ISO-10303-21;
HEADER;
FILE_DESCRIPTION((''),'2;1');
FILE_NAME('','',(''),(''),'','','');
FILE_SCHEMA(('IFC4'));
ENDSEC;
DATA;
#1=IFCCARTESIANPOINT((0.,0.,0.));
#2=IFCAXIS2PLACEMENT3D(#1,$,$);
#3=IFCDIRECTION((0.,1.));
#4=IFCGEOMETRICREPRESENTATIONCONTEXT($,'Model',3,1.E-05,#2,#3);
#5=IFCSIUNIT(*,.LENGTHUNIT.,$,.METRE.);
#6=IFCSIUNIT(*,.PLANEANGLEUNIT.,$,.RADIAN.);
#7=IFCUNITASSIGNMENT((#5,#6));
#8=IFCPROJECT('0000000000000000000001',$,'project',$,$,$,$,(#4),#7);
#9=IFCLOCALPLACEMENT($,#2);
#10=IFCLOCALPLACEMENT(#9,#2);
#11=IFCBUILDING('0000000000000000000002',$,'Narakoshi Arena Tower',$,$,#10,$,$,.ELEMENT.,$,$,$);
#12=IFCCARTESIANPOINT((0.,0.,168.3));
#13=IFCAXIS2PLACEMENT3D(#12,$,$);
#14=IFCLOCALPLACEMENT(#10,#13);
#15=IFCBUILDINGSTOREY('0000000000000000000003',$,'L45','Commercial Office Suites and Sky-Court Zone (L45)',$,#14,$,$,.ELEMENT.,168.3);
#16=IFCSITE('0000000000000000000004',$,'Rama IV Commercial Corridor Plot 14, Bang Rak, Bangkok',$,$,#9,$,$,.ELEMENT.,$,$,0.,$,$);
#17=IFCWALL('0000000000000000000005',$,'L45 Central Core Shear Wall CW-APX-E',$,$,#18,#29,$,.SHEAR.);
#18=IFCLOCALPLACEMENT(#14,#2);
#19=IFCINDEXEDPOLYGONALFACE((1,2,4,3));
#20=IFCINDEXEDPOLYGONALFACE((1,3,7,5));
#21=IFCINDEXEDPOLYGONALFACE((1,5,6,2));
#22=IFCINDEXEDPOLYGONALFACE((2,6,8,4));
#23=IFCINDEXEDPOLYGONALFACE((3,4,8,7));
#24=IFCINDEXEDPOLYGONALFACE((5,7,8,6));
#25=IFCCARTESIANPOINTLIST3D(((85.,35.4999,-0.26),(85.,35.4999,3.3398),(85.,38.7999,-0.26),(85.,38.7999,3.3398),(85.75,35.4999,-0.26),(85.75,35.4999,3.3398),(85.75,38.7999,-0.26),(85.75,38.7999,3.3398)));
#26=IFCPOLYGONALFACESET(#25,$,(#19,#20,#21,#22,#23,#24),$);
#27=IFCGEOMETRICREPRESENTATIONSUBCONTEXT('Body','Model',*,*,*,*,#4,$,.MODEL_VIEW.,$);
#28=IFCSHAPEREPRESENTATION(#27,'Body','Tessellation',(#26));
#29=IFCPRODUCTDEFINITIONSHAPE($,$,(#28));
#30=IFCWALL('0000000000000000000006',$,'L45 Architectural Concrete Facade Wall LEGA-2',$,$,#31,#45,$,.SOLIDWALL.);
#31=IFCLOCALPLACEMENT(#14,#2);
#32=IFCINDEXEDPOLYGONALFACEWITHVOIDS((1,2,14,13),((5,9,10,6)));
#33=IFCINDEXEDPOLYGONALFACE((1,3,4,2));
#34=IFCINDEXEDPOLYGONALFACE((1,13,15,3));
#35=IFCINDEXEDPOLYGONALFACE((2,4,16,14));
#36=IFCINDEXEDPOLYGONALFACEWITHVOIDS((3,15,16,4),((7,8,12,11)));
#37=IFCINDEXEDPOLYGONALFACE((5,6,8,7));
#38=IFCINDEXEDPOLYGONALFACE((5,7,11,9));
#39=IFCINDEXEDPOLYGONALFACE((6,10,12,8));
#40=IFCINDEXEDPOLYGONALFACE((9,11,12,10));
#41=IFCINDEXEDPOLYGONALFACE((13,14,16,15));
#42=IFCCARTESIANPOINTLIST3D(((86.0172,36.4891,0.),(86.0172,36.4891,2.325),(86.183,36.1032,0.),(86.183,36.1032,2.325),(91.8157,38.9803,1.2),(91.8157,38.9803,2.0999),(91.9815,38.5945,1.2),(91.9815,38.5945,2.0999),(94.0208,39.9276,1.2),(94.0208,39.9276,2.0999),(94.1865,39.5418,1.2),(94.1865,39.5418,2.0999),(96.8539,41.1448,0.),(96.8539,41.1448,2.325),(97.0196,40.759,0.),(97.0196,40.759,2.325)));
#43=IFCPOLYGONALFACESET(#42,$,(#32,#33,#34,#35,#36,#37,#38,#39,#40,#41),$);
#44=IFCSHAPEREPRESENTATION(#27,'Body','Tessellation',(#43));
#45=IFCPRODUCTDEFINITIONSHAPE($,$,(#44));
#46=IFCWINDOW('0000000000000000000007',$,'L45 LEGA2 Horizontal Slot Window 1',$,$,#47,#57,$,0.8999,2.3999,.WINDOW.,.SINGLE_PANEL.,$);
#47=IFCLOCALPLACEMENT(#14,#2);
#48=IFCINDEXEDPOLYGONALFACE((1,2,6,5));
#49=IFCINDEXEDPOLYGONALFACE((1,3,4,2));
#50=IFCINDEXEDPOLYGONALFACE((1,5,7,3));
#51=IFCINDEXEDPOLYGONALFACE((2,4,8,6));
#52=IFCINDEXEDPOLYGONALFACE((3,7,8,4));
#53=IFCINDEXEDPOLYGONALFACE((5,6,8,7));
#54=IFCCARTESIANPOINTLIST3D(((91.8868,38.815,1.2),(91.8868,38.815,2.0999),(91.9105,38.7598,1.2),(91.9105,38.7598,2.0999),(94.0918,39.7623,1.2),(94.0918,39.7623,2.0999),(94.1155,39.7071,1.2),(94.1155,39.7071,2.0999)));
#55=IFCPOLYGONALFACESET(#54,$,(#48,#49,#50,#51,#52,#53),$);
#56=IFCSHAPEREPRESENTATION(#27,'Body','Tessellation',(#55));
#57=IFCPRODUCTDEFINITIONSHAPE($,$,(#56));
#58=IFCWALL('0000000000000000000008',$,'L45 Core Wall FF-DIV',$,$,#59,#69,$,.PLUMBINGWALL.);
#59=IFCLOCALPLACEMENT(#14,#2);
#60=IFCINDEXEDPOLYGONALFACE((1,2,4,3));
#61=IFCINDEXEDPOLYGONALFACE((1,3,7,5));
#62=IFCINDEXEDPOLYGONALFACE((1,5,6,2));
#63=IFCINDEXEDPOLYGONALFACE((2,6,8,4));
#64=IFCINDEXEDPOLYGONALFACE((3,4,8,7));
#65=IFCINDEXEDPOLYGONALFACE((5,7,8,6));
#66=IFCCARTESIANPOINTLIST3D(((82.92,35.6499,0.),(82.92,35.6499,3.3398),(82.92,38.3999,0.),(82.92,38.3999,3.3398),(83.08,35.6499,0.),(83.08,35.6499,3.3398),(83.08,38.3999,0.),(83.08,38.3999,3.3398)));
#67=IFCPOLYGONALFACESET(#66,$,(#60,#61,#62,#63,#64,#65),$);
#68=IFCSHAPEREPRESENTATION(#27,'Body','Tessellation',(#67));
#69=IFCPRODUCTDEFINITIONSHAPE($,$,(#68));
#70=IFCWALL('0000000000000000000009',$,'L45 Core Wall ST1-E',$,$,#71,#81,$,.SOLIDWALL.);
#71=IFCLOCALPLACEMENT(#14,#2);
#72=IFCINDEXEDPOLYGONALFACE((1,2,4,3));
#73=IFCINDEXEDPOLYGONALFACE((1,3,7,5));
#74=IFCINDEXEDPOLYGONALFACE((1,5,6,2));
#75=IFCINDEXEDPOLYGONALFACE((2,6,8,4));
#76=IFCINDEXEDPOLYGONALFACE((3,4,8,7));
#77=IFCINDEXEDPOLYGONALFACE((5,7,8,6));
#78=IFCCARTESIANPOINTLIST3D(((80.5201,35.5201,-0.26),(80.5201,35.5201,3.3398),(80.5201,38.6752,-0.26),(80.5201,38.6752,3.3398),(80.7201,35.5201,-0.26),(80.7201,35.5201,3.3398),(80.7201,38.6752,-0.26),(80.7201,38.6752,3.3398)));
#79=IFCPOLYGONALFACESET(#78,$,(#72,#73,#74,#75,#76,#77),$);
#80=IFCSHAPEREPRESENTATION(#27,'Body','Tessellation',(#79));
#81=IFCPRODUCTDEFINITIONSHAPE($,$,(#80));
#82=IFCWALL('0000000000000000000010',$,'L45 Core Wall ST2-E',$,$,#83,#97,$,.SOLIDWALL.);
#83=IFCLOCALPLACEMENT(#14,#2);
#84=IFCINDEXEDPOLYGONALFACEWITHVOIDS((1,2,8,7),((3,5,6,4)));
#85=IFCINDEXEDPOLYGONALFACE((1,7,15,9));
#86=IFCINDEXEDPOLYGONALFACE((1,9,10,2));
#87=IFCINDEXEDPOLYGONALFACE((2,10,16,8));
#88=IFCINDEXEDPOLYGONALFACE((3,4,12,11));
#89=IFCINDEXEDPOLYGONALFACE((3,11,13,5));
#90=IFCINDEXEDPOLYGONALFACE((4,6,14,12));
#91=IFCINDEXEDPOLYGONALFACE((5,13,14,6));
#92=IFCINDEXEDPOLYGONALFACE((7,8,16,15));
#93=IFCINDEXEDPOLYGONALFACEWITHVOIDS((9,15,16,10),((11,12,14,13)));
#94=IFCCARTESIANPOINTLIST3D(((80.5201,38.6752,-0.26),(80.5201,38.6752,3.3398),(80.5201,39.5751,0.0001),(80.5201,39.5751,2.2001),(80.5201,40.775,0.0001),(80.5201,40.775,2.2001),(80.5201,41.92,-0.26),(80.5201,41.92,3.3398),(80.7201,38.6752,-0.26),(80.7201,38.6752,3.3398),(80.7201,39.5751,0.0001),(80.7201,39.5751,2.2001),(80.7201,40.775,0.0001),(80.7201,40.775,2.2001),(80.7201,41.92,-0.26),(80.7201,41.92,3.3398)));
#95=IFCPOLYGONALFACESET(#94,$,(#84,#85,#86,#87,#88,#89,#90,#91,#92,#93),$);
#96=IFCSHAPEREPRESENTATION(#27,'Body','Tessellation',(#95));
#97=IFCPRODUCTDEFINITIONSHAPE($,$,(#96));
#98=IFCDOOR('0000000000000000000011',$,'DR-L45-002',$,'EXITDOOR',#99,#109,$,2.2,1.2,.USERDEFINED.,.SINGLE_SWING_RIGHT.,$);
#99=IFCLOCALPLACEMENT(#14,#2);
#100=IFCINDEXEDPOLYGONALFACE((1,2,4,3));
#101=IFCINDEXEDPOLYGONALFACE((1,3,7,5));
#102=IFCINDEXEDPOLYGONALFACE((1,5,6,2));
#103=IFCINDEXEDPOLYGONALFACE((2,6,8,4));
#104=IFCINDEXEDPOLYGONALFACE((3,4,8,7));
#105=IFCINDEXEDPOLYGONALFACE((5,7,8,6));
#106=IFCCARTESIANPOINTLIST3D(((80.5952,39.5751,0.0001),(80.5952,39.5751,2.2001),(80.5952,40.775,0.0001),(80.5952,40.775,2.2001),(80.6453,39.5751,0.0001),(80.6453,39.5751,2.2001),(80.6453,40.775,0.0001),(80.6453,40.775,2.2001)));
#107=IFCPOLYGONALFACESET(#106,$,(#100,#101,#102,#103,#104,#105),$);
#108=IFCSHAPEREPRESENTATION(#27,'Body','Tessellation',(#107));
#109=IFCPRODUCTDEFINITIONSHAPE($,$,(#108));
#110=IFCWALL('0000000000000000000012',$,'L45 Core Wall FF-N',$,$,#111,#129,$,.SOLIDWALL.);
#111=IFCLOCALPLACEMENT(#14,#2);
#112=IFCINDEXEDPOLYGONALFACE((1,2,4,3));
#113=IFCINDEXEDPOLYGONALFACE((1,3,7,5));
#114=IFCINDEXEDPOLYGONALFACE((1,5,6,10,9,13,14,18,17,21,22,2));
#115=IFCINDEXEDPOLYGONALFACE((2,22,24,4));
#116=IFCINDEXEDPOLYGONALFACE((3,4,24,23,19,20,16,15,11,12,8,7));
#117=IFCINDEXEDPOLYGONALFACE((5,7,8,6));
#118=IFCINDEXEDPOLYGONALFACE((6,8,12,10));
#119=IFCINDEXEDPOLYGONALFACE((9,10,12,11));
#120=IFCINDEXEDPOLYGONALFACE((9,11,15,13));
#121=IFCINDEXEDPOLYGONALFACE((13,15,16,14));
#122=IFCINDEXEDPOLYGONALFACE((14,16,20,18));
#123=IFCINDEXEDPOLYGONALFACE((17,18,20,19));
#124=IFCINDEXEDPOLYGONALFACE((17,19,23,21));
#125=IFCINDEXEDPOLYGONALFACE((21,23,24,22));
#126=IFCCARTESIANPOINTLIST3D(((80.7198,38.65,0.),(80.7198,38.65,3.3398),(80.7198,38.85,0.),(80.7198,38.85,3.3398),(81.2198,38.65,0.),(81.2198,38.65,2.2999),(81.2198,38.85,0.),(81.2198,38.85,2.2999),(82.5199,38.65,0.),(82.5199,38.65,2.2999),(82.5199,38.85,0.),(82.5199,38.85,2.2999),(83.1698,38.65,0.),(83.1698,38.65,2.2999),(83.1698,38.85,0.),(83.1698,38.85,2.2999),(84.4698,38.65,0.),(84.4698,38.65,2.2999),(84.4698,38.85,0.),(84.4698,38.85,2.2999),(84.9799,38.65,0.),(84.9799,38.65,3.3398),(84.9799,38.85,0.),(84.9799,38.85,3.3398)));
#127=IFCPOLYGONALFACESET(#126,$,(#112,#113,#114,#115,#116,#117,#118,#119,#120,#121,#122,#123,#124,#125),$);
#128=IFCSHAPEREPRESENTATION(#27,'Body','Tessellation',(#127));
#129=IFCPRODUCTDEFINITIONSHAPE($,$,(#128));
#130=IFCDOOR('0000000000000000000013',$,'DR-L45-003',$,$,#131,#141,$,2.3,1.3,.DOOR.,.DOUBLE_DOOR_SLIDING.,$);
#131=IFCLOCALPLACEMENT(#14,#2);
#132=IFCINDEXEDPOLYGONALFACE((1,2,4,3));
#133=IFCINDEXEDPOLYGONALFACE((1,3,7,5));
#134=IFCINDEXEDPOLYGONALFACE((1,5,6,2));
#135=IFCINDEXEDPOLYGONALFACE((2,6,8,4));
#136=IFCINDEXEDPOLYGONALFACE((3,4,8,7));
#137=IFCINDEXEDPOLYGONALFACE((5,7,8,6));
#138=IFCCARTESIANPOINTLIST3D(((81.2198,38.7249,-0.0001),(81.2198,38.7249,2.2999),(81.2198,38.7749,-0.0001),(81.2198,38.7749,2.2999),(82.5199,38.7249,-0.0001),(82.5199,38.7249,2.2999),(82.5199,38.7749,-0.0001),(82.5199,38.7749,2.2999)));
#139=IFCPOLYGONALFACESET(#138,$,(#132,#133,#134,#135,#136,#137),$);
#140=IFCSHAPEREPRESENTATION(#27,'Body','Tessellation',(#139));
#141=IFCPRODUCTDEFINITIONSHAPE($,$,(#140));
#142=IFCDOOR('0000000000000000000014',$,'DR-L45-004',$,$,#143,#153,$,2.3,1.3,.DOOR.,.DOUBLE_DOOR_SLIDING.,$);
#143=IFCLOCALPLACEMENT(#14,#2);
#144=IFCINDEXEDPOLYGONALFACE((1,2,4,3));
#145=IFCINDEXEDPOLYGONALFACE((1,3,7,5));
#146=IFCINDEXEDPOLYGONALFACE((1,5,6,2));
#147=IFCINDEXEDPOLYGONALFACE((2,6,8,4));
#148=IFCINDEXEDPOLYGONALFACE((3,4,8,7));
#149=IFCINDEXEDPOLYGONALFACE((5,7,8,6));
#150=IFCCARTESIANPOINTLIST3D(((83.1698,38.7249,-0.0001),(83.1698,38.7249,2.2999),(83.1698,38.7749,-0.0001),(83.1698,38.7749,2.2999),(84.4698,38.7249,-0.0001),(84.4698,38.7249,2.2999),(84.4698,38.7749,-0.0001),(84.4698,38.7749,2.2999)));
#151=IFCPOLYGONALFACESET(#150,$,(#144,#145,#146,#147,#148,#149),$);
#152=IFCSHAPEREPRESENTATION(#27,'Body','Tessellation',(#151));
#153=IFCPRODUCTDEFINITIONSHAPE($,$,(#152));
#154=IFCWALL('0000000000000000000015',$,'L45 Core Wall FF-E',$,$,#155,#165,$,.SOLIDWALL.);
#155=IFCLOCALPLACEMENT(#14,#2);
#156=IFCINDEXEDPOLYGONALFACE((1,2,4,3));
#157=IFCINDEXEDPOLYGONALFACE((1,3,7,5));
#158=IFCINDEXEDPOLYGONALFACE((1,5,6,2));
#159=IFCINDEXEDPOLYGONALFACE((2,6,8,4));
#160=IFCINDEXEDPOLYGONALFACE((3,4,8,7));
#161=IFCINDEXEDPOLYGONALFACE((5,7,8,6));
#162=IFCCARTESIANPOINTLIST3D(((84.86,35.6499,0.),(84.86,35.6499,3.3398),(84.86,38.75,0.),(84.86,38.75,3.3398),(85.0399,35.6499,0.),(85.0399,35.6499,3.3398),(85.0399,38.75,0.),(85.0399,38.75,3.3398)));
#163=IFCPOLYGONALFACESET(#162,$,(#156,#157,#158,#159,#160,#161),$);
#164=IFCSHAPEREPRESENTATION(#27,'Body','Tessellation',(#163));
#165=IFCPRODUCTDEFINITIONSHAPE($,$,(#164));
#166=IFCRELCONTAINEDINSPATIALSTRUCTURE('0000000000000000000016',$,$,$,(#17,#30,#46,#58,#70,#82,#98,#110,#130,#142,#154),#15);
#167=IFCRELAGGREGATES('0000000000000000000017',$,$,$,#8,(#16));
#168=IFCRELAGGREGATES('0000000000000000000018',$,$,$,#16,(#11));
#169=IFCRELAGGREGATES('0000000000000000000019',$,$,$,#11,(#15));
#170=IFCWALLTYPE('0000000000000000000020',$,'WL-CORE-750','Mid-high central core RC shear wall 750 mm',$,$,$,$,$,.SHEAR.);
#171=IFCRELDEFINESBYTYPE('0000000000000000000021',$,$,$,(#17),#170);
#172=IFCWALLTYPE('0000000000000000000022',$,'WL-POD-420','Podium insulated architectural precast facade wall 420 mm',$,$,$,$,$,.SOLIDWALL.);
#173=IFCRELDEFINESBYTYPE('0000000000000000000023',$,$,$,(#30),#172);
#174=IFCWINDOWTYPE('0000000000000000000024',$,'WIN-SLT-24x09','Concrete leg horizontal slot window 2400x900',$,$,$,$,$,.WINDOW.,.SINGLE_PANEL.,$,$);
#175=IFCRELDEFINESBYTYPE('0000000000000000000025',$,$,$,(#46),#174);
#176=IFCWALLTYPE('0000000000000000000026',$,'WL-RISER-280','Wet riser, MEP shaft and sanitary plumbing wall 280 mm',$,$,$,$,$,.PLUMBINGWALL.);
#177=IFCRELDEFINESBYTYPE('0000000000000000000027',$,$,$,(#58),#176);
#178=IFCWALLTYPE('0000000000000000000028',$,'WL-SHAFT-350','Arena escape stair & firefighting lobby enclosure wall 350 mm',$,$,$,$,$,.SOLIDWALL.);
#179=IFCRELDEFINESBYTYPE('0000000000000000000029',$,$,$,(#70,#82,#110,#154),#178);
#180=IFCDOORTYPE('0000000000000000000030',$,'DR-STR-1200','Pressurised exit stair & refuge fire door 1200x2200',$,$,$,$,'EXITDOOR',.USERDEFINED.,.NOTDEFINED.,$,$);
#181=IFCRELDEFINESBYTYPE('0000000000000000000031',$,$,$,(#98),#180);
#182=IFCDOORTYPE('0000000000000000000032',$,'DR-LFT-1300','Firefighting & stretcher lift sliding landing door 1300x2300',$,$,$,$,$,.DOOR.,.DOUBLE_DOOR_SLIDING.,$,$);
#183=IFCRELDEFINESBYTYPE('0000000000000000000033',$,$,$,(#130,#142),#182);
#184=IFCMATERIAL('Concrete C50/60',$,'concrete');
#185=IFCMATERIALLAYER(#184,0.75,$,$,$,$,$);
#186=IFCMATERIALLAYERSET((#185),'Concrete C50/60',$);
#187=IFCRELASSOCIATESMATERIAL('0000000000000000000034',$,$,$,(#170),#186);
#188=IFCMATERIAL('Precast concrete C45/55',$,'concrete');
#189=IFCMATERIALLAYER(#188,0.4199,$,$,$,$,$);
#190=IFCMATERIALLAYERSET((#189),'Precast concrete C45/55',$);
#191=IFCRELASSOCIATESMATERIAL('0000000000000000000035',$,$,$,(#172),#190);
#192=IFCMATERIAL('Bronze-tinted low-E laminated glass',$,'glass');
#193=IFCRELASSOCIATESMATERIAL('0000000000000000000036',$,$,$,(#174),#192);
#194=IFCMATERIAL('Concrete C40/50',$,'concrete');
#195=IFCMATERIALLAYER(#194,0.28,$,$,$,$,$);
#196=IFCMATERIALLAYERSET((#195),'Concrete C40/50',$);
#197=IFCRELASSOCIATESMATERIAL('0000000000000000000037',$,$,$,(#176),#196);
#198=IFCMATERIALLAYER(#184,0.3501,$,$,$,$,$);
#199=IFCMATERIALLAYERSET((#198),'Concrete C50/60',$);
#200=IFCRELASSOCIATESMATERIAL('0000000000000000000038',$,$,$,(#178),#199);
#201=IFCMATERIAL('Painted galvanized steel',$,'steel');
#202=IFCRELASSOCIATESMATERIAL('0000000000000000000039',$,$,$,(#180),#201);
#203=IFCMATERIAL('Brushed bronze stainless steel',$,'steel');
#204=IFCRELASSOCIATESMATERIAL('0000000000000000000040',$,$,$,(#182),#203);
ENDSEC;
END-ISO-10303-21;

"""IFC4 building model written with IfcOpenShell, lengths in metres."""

from ifc_helpers import new_model, si_unit, direction, frame, frame_2d, origin, place, context, subcontext, project, spatial, rectangle, extrude, material, layer, layer_set, type_object, element, fill, save


model = new_model("IFC4")

# Units and contexts
model_context = context("Model", 3, precision=1e-05, world=origin(), true_north=direction((0.0, 1.0)))
body_context = subcontext(model_context, "Body", "Model", "MODEL_VIEW")
ifc_project = project(units=[si_unit("LENGTHUNIT", "METRE"), si_unit("PLANEANGLEUNIT", "RADIAN")], contexts=[model_context])

# Site, building, storey
site_placement = place(None, origin())
site = spatial("IfcSite", under=ifc_project, at=site_placement, Name="Rama IV Commercial Corridor Plot 14, Bang Rak, Bangkok", CompositionType="ELEMENT", RefElevation=0.0)
building_placement = place(site_placement, origin())
building = spatial("IfcBuilding", under=site, at=building_placement, Name="Narakoshi Arena Tower", CompositionType="ELEMENT")
storey_placement = place(building_placement, frame((0.0, 0.0, 168.3)))
storey = spatial("IfcBuildingStorey", under=building, at=storey_placement, Name="L45", Description="Commercial Office Suites and Sky-Court Zone (L45)", CompositionType="ELEMENT", Elevation=168.3)

# Wall
ifc_material_1 = material(Name="Concrete C50/60", Category="concrete")
ifc_layer_1 = layer(ifc_material_1, 0.75)
ifc_layer_set_1 = layer_set([ifc_layer_1], Name="Concrete C50/60")
wall_type_1 = type_object("IfcWallType", Name="WL-CORE-750", Description="Mid-high central core RC shear wall 750 mm", PredefinedType="SHEAR", material=ifc_layer_set_1)
wall_1_placement = place(storey_placement, frame((85.375, 35.5, -0.26), z_axis=(0.0, 0.0, 1.0), x_axis=(0.0, 1.0, 0.0)))
element("IfcWall", 1, at=wall_1_placement, inside=storey, type_object=wall_type_1, Name="L45 Central Core Shear Wall CW-APX-E", PredefinedType="SHEAR", context=body_context, shape_type="SweptSolid", body=[
    extrude(rectangle(XDim=3.3, YDim=0.75, at=frame_2d((1.6499, 0.0))), origin(), (0.0, 0.0, 1.0), 3.5999),
])

# Wall, opening, window
ifc_material_2 = material(Name="Precast concrete C45/55", Category="concrete")
ifc_layer_2 = layer(ifc_material_2, 0.4199)
ifc_layer_set_2 = layer_set([ifc_layer_2], Name="Precast concrete C45/55")
wall_type_2 = type_object("IfcWallType", Name="WL-POD-420", Description="Podium insulated architectural precast facade wall 420 mm", PredefinedType="SOLIDWALL", material=ifc_layer_set_2)
wall_2_placement = place(storey_placement, frame((86.1001, 36.2961, 0.0), z_axis=(0.0, 0.0, 1.0), x_axis=(0.918792, 0.394741, 0.0)))
wall_2 = element("IfcWall", 2, at=wall_2_placement, inside=storey, type_object=wall_type_2, Name="L45 Architectural Concrete Facade Wall LEGA-2", PredefinedType="SOLIDWALL", context=body_context, shape_type="SweptSolid", body=[
    extrude(rectangle(XDim=11.7944, YDim=0.4199, at=frame_2d((5.8972, 0.0))), origin(), (0.0, 0.0, 1.0), 2.325),
])
opening_1_placement = place(wall_2_placement, frame((6.311, 0.0, 1.2)))
opening_1 = element("IfcOpeningElement", 3, at=opening_1_placement, cuts=wall_2, PredefinedType="OPENING", context=body_context, shape_type="SweptSolid", body=[
    extrude(rectangle(XDim=2.3999, YDim=0.8999, at=frame_2d((1.2, 0.45))), frame((0.0, 0.22, 0.0), z_axis=(0.0, -1.0, 0.0), x_axis=(1.0, 0.0, 0.0)), (0.0, 0.0, 1.0), 0.4399),
])
ifc_material_3 = material(Name="Bronze-tinted low-E laminated glass", Category="glass")
window_type = type_object("IfcWindowType", Name="WIN-SLT-24x09", Description="Concrete leg horizontal slot window 2400x900", PartitioningType="SINGLE_PANEL", PredefinedType="WINDOW", material=ifc_material_3)
window_placement = place(opening_1_placement, origin())
window = element("IfcWindow", 4, at=window_placement, inside=storey, type_object=window_type, Name="L45 LEGA2 Horizontal Slot Window 1", OverallHeight=0.8999, OverallWidth=2.3999, PartitioningType="SINGLE_PANEL", PredefinedType="WINDOW", context=body_context, shape_type="SweptSolid", body=[
    extrude(rectangle(XDim=2.3999, YDim=0.8999, at=frame_2d((1.2, 0.45))), frame((0.0, 0.03, 0.0), z_axis=(0.0, -1.0, 0.0), x_axis=(1.0, 0.0, 0.0)), (0.0, 0.0, 1.0), 0.0601),
])
fill(opening_1, window)

# Walls
ifc_material_4 = material(Name="Concrete C40/50", Category="concrete")
ifc_layer_3 = layer(ifc_material_4, 0.28)
ifc_layer_set_3 = layer_set([ifc_layer_3], Name="Concrete C40/50")
wall_type_3 = type_object("IfcWallType", Name="WL-RISER-280", Description="Wet riser, MEP shaft and sanitary plumbing wall 280 mm", PredefinedType="PLUMBINGWALL", material=ifc_layer_set_3)
wall_3_placement = place(storey_placement, frame((83.0, 35.6499, 0.0), z_axis=(0.0, 0.0, 1.0), x_axis=(0.0, 1.0, 0.0)))
element("IfcWall", 5, at=wall_3_placement, inside=storey, type_object=wall_type_3, Name="L45 Core Wall FF-DIV", PredefinedType="PLUMBINGWALL", context=body_context, shape_type="SweptSolid", body=[
    extrude(rectangle(XDim=2.75, YDim=0.1599, at=frame_2d((1.375, 0.0))), origin(), (0.0, 0.0, 1.0), 3.3398),
])
ifc_layer_4 = layer(ifc_material_1, 0.3501)
ifc_layer_set_4 = layer_set([ifc_layer_4], Name="Concrete C50/60")
wall_type_4 = type_object("IfcWallType", Name="WL-SHAFT-350", Description="Arena escape stair & firefighting lobby enclosure wall 350 mm", PredefinedType="SOLIDWALL", material=ifc_layer_set_4)
wall_4_placement = place(storey_placement, frame((80.6201, 35.52, -0.26), z_axis=(0.0, 0.0, 1.0), x_axis=(0.0, 1.0, 0.0)))
element("IfcWall", 6, at=wall_4_placement, inside=storey, type_object=wall_type_4, Name="L45 Core Wall ST1-E", PredefinedType="SOLIDWALL", context=body_context, shape_type="SweptSolid", body=[
    extrude(rectangle(XDim=3.155, YDim=0.2, at=frame_2d((1.5776, 0.0))), origin(), (0.0, 0.0, 1.0), 3.5999),
])

# Wall, opening, door
wall_5_placement = place(storey_placement, frame((80.6201, 38.675, -0.26), z_axis=(0.0, 0.0, 1.0), x_axis=(0.0, 1.0, 0.0)))
wall_5 = element("IfcWall", 7, at=wall_5_placement, inside=storey, type_object=wall_type_4, Name="L45 Core Wall ST2-E", PredefinedType="SOLIDWALL", context=body_context, shape_type="SweptSolid", body=[
    extrude(rectangle(XDim=3.2449, YDim=0.2, at=frame_2d((1.6226, 0.0))), origin(), (0.0, 0.0, 1.0), 3.5999),
])
opening_2_placement = place(wall_5_placement, frame((0.8999, 0.0, 0.26)))
opening_2 = element("IfcOpeningElement", 8, at=opening_2_placement, cuts=wall_5, PredefinedType="OPENING", context=body_context, shape_type="SweptSolid", body=[
    extrude(rectangle(XDim=1.2, YDim=2.2, at=frame_2d((0.6001, 1.1001))), frame((0.0, 0.1099, 0.0), z_axis=(0.0, -1.0, 0.0), x_axis=(1.0, 0.0, 0.0)), (0.0, 0.0, 1.0), 0.22),
])
ifc_material_5 = material(Name="Painted galvanized steel", Category="steel")
door_type_1 = type_object("IfcDoorType", Name="DR-STR-1200", Description="Pressurised exit stair & refuge fire door 1200x2200", ElementType="EXITDOOR", OperationType="NOTDEFINED", PredefinedType="USERDEFINED", material=ifc_material_5)
door_1_placement = place(opening_2_placement, origin())
door_1 = element("IfcDoor", 9, at=door_1_placement, inside=storey, type_object=door_type_1, Name="DR-L45-002", ObjectType="EXITDOOR", OperationType="SINGLE_SWING_RIGHT", OverallHeight=2.2, OverallWidth=1.2, PredefinedType="USERDEFINED", context=body_context, shape_type="SweptSolid", body=[
    extrude(rectangle(XDim=1.2, YDim=2.2, at=frame_2d((0.6001, 1.1001))), frame((0.0, 0.0249, 0.0), z_axis=(0.0, -1.0, 0.0), x_axis=(1.0, 0.0, 0.0)), (0.0, 0.0, 1.0), 0.05),
])
fill(opening_2, door_1)

# Wall, openings, doors
wall_6_placement = place(storey_placement, frame((80.72, 38.75, 0.0), z_axis=(0.0, 0.0, 1.0), x_axis=(1.0, 0.0, 0.0)))
wall_6 = element("IfcWall", 10, at=wall_6_placement, inside=storey, type_object=wall_type_4, Name="L45 Core Wall FF-N", PredefinedType="SOLIDWALL", context=body_context, shape_type="SweptSolid", body=[
    extrude(rectangle(XDim=4.26, YDim=0.2, at=frame_2d((2.1299, 0.0))), origin(), (0.0, 0.0, 1.0), 3.3398),
])
opening_3_placement = place(wall_6_placement, frame((0.5, 0.0, 0.0)))
opening_3 = element("IfcOpeningElement", 11, at=opening_3_placement, cuts=wall_6, PredefinedType="OPENING", context=body_context, shape_type="SweptSolid", body=[
    extrude(rectangle(XDim=1.3, YDim=2.3, at=frame_2d((0.6499, 1.1499))), frame((0.0, 0.1099, 0.0), z_axis=(0.0, -1.0, 0.0), x_axis=(1.0, 0.0, 0.0)), (0.0, 0.0, 1.0), 0.22),
])
opening_4_placement = place(wall_6_placement, frame((2.45, 0.0, 0.0)))
opening_4 = element("IfcOpeningElement", 12, at=opening_4_placement, cuts=wall_6, PredefinedType="OPENING", context=body_context, shape_type="SweptSolid", body=[
    extrude(rectangle(XDim=1.3, YDim=2.3, at=frame_2d((0.6499, 1.1499))), frame((0.0, 0.1099, 0.0), z_axis=(0.0, -1.0, 0.0), x_axis=(1.0, 0.0, 0.0)), (0.0, 0.0, 1.0), 0.22),
])
ifc_material_6 = material(Name="Brushed bronze stainless steel", Category="steel")
door_type_2 = type_object("IfcDoorType", Name="DR-LFT-1300", Description="Firefighting & stretcher lift sliding landing door 1300x2300", OperationType="DOUBLE_DOOR_SLIDING", PredefinedType="DOOR", material=ifc_material_6)
door_2_placement = place(opening_3_placement, origin())
door_2 = element("IfcDoor", 13, at=door_2_placement, inside=storey, type_object=door_type_2, Name="DR-L45-003", OperationType="DOUBLE_DOOR_SLIDING", OverallHeight=2.3, OverallWidth=1.3, PredefinedType="DOOR", context=body_context, shape_type="SweptSolid", body=[
    extrude(rectangle(XDim=1.3, YDim=2.3, at=frame_2d((0.6499, 1.1499))), frame((0.0, 0.0249, 0.0), z_axis=(0.0, -1.0, 0.0), x_axis=(1.0, 0.0, 0.0)), (0.0, 0.0, 1.0), 0.05),
])
fill(opening_3, door_2)
door_3_placement = place(opening_4_placement, origin())
door_3 = element("IfcDoor", 14, at=door_3_placement, inside=storey, type_object=door_type_2, Name="DR-L45-004", OperationType="DOUBLE_DOOR_SLIDING", OverallHeight=2.3, OverallWidth=1.3, PredefinedType="DOOR", context=body_context, shape_type="SweptSolid", body=[
    extrude(rectangle(XDim=1.3, YDim=2.3, at=frame_2d((0.6499, 1.1499))), frame((0.0, 0.0249, 0.0), z_axis=(0.0, -1.0, 0.0), x_axis=(1.0, 0.0, 0.0)), (0.0, 0.0, 1.0), 0.05),
])
fill(opening_4, door_3)

# Wall
for number, where, z_axis, x_axis, name in (
    (15, (84.95, 35.6499, 0.0), (0.0, 0.0, 1.0), (0.0, 1.0, 0.0), "L45 Core Wall FF-E"),
):
    element("IfcWall", number, at=place(storey_placement, frame(where, z_axis=z_axis, x_axis=x_axis)), inside=storey, type_object=wall_type_4, Name=name, PredefinedType="SOLIDWALL", context=body_context, shape_type="SweptSolid", body=[
        extrude(rectangle(XDim=3.1001, YDim=0.1799, at=frame_2d((1.55, 0.0))), origin(), (0.0, 0.0, 1.0), 3.3398),
    ])

save(model, "model.ifc")
